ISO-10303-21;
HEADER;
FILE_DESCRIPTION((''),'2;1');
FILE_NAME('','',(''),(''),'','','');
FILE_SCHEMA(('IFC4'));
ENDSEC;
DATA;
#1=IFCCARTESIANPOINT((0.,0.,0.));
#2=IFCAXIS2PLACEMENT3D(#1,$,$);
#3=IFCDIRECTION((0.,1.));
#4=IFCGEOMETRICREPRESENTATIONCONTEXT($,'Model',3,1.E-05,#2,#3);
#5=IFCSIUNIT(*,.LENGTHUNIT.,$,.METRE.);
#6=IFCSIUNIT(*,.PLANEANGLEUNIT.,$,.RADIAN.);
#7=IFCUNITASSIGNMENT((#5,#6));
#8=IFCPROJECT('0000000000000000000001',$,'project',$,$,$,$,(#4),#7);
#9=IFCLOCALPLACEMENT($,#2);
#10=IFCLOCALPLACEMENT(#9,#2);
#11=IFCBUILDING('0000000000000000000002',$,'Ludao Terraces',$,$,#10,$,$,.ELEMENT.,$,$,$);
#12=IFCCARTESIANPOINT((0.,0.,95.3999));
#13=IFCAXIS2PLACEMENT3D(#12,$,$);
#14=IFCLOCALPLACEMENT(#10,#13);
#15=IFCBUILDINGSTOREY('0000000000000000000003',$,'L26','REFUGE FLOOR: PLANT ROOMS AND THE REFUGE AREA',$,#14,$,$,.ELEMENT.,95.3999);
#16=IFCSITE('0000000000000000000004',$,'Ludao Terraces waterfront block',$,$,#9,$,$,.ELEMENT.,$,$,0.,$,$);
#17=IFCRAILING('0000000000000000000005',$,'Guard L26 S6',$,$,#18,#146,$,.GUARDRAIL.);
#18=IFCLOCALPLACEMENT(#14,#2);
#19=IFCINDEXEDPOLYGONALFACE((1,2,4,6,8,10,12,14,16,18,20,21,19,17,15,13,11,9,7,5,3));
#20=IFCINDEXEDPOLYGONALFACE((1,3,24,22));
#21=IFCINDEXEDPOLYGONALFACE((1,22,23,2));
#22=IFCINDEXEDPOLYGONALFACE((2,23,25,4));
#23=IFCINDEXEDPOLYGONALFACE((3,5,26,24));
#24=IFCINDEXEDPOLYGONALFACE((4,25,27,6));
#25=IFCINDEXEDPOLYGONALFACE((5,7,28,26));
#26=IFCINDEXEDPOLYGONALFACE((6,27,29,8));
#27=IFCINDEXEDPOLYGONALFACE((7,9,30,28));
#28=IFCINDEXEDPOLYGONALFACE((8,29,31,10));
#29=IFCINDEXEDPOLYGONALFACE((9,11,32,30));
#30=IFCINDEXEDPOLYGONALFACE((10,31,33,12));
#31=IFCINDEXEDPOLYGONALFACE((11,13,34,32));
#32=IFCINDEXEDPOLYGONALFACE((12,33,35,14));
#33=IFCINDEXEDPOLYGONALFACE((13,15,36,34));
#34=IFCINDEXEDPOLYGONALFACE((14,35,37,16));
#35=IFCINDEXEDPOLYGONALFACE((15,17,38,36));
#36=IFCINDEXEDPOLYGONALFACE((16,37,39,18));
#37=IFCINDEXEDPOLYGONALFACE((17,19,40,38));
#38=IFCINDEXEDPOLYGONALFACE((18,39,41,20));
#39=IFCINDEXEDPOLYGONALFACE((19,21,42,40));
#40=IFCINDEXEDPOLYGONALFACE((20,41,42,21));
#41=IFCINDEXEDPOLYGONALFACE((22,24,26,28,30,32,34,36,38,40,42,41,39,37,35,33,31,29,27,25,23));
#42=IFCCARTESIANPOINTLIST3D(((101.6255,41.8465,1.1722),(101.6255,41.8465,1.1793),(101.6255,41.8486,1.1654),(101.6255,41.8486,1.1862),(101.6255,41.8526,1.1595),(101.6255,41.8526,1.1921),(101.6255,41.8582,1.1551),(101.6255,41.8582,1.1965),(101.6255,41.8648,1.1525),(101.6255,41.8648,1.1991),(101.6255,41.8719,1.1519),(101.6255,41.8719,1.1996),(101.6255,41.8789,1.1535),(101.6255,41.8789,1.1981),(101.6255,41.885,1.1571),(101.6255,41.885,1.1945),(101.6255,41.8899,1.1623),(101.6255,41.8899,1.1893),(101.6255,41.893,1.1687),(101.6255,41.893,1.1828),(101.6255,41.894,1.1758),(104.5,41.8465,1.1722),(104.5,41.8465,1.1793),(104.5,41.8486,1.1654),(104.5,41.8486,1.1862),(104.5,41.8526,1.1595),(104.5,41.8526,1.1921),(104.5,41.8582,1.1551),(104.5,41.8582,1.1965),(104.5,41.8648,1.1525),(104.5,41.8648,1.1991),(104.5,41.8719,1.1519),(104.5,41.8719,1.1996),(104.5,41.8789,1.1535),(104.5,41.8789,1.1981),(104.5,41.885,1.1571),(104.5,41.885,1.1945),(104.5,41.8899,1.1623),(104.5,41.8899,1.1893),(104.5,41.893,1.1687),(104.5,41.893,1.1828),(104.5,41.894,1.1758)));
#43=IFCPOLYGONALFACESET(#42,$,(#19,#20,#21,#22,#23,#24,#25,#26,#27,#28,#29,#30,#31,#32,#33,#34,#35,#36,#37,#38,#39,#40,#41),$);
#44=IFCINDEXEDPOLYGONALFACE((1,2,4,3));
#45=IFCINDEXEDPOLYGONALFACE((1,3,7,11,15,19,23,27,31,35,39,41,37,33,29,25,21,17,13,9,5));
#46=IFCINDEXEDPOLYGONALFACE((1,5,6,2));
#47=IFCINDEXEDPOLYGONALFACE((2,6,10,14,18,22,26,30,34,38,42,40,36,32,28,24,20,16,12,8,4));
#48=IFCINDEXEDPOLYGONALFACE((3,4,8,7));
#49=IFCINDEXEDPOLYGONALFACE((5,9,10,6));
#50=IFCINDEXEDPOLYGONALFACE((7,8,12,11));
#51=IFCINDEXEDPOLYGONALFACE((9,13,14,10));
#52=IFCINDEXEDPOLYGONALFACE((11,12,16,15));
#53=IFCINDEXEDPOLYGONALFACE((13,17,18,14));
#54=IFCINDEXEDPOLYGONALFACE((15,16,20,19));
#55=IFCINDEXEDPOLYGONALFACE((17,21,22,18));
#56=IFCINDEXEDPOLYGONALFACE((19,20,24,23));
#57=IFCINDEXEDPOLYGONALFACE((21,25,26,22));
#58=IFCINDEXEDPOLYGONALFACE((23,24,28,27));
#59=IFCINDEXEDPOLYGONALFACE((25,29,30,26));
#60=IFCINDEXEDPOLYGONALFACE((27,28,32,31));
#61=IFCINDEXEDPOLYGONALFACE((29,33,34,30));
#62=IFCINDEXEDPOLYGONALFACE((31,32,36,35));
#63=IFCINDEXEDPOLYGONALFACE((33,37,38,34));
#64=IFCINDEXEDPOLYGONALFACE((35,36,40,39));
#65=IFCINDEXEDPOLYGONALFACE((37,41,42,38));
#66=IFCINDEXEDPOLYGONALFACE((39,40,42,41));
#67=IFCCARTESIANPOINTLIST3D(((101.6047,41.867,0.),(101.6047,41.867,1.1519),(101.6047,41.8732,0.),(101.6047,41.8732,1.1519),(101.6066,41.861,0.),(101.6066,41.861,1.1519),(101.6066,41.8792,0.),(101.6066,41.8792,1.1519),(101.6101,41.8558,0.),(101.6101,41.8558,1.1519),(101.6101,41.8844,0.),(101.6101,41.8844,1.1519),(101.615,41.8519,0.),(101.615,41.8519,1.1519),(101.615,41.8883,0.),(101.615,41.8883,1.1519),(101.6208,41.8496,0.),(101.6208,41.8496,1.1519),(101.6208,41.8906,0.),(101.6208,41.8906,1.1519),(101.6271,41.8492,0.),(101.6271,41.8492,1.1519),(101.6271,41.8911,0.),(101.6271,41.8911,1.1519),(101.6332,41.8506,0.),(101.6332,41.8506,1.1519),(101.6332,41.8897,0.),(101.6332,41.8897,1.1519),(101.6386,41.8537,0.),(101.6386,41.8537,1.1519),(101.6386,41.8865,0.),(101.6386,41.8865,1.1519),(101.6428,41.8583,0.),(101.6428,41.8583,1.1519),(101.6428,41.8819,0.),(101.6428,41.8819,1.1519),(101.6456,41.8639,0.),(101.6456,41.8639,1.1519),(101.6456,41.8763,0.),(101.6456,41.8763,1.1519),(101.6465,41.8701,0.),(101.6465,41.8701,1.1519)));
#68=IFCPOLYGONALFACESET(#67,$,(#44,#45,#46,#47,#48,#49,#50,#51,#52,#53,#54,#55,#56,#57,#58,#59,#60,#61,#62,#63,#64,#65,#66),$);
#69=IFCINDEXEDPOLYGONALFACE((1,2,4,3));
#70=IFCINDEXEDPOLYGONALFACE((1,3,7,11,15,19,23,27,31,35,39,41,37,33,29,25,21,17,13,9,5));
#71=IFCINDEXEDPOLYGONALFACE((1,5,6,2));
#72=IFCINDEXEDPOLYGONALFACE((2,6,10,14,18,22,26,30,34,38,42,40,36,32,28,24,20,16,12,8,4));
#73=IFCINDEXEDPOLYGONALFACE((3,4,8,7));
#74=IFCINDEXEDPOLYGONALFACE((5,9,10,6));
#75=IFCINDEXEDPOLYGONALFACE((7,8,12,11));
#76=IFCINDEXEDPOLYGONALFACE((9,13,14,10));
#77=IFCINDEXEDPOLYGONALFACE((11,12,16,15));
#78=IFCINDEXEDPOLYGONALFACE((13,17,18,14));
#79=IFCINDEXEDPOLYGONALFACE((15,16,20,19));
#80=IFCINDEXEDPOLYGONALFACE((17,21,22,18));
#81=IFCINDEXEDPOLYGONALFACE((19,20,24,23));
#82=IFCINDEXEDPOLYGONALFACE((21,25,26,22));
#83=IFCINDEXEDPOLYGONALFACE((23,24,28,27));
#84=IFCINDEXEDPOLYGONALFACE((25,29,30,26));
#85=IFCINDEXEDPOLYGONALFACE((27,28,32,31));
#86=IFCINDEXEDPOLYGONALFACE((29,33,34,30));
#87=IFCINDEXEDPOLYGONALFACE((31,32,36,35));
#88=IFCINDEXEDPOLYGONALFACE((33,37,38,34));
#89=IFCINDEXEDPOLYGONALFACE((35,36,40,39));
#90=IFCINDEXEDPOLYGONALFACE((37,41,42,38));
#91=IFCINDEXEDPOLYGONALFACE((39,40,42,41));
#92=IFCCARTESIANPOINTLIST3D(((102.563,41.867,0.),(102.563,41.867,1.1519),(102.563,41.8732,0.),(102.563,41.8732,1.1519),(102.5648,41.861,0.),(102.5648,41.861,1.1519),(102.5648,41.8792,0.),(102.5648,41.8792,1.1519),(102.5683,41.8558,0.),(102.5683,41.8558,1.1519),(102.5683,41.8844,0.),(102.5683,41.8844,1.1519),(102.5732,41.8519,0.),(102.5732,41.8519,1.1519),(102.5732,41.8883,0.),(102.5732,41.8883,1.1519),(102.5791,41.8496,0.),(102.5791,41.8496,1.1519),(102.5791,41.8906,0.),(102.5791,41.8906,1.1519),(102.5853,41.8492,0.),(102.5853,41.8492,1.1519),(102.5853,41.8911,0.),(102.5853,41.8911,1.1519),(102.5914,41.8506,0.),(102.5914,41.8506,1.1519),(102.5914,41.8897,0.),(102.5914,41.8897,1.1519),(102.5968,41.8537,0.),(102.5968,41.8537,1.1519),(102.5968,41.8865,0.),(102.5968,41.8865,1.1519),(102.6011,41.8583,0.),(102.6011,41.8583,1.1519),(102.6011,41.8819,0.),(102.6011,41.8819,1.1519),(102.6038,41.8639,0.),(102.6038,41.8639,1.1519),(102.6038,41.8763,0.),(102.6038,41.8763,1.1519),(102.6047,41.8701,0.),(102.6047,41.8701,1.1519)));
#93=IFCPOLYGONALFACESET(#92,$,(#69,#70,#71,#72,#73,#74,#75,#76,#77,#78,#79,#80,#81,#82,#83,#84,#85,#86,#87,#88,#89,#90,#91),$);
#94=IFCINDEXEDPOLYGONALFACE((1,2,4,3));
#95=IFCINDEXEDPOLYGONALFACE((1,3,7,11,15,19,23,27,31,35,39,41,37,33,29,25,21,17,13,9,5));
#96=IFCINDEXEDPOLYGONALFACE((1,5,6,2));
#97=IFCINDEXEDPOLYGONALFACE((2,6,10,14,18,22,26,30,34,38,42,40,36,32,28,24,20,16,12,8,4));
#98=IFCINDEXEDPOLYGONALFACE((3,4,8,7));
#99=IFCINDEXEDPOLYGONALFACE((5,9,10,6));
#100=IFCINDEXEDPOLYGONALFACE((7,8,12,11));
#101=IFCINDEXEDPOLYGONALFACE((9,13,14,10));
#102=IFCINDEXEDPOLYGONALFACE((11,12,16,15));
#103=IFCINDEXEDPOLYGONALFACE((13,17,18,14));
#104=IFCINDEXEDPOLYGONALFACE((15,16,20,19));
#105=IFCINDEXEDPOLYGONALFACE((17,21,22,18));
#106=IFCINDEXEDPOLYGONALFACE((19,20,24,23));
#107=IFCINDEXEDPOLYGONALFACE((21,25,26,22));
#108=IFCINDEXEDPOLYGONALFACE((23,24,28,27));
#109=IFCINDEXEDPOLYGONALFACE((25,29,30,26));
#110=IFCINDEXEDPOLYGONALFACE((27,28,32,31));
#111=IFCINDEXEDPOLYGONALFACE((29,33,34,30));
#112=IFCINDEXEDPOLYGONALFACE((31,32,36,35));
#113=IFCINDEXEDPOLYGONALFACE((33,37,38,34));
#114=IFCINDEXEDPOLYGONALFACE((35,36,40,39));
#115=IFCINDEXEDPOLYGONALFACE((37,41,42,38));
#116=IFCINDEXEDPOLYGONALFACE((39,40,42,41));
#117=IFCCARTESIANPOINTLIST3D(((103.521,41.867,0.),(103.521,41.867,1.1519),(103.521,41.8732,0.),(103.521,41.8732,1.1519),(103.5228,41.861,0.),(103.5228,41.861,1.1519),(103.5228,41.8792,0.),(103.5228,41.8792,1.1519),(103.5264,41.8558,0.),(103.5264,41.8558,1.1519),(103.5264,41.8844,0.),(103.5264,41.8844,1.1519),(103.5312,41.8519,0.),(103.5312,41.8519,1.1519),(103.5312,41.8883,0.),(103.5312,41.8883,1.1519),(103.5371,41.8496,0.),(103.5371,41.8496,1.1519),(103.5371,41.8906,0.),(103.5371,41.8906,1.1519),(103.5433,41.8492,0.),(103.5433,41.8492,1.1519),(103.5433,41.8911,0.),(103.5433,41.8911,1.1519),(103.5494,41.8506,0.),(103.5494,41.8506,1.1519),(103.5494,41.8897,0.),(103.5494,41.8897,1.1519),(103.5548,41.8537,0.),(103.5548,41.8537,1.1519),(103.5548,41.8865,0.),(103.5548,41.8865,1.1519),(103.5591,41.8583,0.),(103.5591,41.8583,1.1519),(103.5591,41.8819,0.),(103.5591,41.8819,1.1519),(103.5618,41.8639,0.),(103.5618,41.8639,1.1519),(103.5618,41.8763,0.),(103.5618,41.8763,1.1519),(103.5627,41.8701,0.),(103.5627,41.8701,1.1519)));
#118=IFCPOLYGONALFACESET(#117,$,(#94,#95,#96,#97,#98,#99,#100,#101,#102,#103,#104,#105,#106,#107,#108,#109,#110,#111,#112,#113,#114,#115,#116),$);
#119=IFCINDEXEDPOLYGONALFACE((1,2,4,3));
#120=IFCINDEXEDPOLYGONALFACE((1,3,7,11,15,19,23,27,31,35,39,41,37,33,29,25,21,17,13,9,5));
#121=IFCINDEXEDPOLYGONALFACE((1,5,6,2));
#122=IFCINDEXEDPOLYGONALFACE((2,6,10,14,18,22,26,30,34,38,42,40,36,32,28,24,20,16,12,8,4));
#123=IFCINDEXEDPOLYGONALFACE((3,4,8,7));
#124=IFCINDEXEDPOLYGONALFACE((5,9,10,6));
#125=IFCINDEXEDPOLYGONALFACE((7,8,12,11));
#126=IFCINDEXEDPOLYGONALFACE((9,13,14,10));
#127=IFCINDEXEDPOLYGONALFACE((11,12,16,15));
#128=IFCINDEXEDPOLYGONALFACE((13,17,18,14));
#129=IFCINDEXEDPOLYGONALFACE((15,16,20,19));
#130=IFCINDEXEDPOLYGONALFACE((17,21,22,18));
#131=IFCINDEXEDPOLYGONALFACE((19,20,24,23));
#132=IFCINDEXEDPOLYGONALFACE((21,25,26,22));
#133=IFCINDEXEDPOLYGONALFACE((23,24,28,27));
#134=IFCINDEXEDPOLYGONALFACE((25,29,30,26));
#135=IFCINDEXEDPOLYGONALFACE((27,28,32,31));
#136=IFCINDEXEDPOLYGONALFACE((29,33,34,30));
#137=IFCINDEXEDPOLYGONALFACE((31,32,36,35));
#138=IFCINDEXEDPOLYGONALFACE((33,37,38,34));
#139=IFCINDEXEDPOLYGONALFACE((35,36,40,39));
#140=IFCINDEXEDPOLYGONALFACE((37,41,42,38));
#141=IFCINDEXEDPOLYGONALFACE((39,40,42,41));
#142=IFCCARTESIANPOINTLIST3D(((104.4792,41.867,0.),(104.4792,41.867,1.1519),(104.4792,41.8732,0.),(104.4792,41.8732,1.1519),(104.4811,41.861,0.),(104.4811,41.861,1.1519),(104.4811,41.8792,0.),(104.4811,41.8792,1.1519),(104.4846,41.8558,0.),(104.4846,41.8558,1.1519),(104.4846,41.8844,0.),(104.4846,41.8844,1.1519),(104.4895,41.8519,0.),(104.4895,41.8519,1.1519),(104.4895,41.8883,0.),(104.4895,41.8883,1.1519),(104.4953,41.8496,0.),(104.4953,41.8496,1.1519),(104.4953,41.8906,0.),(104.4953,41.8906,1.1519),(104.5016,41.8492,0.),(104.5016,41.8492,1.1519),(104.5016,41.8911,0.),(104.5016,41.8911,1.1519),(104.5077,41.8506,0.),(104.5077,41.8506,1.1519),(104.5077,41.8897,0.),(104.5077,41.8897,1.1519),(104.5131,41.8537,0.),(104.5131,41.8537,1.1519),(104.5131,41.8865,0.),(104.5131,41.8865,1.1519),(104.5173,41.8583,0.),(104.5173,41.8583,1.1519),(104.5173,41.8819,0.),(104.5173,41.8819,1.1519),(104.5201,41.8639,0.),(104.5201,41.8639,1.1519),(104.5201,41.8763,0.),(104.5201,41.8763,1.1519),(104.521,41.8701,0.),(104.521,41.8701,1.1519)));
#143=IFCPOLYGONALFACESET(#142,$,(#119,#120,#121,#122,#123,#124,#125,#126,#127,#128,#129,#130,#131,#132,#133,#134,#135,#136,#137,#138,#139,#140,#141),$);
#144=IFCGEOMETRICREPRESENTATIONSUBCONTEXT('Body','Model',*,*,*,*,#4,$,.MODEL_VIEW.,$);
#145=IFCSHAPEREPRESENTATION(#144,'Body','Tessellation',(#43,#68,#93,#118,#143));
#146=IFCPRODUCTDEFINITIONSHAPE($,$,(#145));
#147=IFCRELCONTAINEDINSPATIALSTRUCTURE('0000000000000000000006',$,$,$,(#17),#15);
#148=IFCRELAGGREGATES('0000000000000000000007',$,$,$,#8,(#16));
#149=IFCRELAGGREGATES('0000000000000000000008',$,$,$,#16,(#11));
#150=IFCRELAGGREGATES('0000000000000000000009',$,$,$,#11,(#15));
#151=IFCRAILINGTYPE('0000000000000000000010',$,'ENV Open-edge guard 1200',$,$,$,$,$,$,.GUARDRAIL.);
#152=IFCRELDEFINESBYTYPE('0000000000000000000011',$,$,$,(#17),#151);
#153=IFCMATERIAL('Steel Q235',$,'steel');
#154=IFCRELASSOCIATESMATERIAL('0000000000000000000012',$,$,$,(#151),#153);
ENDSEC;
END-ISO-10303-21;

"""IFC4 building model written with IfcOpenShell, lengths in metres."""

from ifc_helpers import new_model, si_unit, direction, frame, origin, origin_2d, place, context, subcontext, project, spatial, circle, extrude, material, type_object, element, save


model = new_model("IFC4")

# Units and contexts
model_context = context("Model", 3, precision=1e-05, world=origin(), true_north=direction((0.0, 1.0)))
body_context = subcontext(model_context, "Body", "Model", "MODEL_VIEW")
ifc_project = project(units=[si_unit("LENGTHUNIT", "METRE"), si_unit("PLANEANGLEUNIT", "RADIAN")], contexts=[model_context])

# Site, building, storey
site_placement = place(None, origin())
site = spatial("IfcSite", under=ifc_project, at=site_placement, Name="Ludao Terraces waterfront block", CompositionType="ELEMENT", RefElevation=0.0)
building_placement = place(site_placement, origin())
building = spatial("IfcBuilding", under=site, at=building_placement, Name="Ludao Terraces", CompositionType="ELEMENT")
storey_placement = place(building_placement, frame((0.0, 0.0, 95.3999)))
storey = spatial("IfcBuildingStorey", under=building, at=storey_placement, Name="L26", Description="REFUGE FLOOR: PLANT ROOMS AND THE REFUGE AREA", CompositionType="ELEMENT", Elevation=95.3999)

# Shared definitions
ifc_material_1 = material(Name="Steel Q235", Category="steel")

# Railing
railing_type = type_object("IfcRailingType", Name="ENV Open-edge guard 1200", PredefinedType="GUARDRAIL", material=ifc_material_1)
railing_placement = place(storey_placement, frame((101.6255, 41.8701, 0.0)))
element("IfcRailing", 1, at=railing_placement, inside=storey, type_object=railing_type, Name="Guard L26 S6", PredefinedType="GUARDRAIL", context=body_context, shape_type="SweptSolid", body=[
    extrude(circle(Radius=0.0239, at=origin_2d()), frame((0.0, 0.0, 1.1758), z_axis=(1.0, 0.0, 0.0), x_axis=(0.0, 1.0, 0.0)), (0.0, 0.0, 1.0), 2.8745),
    extrude(circle(Radius=0.021, at=origin_2d()), origin(), (0.0, 0.0, 1.0), 1.1519),
    extrude(circle(Radius=0.021, at=origin_2d()), frame((0.9583, 0.0, 0.0)), (0.0, 0.0, 1.0), 1.1519),
    extrude(circle(Radius=0.021, at=origin_2d()), frame((1.9163, 0.0, 0.0)), (0.0, 0.0, 1.0), 1.1519),
    extrude(circle(Radius=0.021, at=origin_2d()), frame((2.8745, 0.0, 0.0)), (0.0, 0.0, 1.0), 1.1519),
])

save(model, "model.ifc")
